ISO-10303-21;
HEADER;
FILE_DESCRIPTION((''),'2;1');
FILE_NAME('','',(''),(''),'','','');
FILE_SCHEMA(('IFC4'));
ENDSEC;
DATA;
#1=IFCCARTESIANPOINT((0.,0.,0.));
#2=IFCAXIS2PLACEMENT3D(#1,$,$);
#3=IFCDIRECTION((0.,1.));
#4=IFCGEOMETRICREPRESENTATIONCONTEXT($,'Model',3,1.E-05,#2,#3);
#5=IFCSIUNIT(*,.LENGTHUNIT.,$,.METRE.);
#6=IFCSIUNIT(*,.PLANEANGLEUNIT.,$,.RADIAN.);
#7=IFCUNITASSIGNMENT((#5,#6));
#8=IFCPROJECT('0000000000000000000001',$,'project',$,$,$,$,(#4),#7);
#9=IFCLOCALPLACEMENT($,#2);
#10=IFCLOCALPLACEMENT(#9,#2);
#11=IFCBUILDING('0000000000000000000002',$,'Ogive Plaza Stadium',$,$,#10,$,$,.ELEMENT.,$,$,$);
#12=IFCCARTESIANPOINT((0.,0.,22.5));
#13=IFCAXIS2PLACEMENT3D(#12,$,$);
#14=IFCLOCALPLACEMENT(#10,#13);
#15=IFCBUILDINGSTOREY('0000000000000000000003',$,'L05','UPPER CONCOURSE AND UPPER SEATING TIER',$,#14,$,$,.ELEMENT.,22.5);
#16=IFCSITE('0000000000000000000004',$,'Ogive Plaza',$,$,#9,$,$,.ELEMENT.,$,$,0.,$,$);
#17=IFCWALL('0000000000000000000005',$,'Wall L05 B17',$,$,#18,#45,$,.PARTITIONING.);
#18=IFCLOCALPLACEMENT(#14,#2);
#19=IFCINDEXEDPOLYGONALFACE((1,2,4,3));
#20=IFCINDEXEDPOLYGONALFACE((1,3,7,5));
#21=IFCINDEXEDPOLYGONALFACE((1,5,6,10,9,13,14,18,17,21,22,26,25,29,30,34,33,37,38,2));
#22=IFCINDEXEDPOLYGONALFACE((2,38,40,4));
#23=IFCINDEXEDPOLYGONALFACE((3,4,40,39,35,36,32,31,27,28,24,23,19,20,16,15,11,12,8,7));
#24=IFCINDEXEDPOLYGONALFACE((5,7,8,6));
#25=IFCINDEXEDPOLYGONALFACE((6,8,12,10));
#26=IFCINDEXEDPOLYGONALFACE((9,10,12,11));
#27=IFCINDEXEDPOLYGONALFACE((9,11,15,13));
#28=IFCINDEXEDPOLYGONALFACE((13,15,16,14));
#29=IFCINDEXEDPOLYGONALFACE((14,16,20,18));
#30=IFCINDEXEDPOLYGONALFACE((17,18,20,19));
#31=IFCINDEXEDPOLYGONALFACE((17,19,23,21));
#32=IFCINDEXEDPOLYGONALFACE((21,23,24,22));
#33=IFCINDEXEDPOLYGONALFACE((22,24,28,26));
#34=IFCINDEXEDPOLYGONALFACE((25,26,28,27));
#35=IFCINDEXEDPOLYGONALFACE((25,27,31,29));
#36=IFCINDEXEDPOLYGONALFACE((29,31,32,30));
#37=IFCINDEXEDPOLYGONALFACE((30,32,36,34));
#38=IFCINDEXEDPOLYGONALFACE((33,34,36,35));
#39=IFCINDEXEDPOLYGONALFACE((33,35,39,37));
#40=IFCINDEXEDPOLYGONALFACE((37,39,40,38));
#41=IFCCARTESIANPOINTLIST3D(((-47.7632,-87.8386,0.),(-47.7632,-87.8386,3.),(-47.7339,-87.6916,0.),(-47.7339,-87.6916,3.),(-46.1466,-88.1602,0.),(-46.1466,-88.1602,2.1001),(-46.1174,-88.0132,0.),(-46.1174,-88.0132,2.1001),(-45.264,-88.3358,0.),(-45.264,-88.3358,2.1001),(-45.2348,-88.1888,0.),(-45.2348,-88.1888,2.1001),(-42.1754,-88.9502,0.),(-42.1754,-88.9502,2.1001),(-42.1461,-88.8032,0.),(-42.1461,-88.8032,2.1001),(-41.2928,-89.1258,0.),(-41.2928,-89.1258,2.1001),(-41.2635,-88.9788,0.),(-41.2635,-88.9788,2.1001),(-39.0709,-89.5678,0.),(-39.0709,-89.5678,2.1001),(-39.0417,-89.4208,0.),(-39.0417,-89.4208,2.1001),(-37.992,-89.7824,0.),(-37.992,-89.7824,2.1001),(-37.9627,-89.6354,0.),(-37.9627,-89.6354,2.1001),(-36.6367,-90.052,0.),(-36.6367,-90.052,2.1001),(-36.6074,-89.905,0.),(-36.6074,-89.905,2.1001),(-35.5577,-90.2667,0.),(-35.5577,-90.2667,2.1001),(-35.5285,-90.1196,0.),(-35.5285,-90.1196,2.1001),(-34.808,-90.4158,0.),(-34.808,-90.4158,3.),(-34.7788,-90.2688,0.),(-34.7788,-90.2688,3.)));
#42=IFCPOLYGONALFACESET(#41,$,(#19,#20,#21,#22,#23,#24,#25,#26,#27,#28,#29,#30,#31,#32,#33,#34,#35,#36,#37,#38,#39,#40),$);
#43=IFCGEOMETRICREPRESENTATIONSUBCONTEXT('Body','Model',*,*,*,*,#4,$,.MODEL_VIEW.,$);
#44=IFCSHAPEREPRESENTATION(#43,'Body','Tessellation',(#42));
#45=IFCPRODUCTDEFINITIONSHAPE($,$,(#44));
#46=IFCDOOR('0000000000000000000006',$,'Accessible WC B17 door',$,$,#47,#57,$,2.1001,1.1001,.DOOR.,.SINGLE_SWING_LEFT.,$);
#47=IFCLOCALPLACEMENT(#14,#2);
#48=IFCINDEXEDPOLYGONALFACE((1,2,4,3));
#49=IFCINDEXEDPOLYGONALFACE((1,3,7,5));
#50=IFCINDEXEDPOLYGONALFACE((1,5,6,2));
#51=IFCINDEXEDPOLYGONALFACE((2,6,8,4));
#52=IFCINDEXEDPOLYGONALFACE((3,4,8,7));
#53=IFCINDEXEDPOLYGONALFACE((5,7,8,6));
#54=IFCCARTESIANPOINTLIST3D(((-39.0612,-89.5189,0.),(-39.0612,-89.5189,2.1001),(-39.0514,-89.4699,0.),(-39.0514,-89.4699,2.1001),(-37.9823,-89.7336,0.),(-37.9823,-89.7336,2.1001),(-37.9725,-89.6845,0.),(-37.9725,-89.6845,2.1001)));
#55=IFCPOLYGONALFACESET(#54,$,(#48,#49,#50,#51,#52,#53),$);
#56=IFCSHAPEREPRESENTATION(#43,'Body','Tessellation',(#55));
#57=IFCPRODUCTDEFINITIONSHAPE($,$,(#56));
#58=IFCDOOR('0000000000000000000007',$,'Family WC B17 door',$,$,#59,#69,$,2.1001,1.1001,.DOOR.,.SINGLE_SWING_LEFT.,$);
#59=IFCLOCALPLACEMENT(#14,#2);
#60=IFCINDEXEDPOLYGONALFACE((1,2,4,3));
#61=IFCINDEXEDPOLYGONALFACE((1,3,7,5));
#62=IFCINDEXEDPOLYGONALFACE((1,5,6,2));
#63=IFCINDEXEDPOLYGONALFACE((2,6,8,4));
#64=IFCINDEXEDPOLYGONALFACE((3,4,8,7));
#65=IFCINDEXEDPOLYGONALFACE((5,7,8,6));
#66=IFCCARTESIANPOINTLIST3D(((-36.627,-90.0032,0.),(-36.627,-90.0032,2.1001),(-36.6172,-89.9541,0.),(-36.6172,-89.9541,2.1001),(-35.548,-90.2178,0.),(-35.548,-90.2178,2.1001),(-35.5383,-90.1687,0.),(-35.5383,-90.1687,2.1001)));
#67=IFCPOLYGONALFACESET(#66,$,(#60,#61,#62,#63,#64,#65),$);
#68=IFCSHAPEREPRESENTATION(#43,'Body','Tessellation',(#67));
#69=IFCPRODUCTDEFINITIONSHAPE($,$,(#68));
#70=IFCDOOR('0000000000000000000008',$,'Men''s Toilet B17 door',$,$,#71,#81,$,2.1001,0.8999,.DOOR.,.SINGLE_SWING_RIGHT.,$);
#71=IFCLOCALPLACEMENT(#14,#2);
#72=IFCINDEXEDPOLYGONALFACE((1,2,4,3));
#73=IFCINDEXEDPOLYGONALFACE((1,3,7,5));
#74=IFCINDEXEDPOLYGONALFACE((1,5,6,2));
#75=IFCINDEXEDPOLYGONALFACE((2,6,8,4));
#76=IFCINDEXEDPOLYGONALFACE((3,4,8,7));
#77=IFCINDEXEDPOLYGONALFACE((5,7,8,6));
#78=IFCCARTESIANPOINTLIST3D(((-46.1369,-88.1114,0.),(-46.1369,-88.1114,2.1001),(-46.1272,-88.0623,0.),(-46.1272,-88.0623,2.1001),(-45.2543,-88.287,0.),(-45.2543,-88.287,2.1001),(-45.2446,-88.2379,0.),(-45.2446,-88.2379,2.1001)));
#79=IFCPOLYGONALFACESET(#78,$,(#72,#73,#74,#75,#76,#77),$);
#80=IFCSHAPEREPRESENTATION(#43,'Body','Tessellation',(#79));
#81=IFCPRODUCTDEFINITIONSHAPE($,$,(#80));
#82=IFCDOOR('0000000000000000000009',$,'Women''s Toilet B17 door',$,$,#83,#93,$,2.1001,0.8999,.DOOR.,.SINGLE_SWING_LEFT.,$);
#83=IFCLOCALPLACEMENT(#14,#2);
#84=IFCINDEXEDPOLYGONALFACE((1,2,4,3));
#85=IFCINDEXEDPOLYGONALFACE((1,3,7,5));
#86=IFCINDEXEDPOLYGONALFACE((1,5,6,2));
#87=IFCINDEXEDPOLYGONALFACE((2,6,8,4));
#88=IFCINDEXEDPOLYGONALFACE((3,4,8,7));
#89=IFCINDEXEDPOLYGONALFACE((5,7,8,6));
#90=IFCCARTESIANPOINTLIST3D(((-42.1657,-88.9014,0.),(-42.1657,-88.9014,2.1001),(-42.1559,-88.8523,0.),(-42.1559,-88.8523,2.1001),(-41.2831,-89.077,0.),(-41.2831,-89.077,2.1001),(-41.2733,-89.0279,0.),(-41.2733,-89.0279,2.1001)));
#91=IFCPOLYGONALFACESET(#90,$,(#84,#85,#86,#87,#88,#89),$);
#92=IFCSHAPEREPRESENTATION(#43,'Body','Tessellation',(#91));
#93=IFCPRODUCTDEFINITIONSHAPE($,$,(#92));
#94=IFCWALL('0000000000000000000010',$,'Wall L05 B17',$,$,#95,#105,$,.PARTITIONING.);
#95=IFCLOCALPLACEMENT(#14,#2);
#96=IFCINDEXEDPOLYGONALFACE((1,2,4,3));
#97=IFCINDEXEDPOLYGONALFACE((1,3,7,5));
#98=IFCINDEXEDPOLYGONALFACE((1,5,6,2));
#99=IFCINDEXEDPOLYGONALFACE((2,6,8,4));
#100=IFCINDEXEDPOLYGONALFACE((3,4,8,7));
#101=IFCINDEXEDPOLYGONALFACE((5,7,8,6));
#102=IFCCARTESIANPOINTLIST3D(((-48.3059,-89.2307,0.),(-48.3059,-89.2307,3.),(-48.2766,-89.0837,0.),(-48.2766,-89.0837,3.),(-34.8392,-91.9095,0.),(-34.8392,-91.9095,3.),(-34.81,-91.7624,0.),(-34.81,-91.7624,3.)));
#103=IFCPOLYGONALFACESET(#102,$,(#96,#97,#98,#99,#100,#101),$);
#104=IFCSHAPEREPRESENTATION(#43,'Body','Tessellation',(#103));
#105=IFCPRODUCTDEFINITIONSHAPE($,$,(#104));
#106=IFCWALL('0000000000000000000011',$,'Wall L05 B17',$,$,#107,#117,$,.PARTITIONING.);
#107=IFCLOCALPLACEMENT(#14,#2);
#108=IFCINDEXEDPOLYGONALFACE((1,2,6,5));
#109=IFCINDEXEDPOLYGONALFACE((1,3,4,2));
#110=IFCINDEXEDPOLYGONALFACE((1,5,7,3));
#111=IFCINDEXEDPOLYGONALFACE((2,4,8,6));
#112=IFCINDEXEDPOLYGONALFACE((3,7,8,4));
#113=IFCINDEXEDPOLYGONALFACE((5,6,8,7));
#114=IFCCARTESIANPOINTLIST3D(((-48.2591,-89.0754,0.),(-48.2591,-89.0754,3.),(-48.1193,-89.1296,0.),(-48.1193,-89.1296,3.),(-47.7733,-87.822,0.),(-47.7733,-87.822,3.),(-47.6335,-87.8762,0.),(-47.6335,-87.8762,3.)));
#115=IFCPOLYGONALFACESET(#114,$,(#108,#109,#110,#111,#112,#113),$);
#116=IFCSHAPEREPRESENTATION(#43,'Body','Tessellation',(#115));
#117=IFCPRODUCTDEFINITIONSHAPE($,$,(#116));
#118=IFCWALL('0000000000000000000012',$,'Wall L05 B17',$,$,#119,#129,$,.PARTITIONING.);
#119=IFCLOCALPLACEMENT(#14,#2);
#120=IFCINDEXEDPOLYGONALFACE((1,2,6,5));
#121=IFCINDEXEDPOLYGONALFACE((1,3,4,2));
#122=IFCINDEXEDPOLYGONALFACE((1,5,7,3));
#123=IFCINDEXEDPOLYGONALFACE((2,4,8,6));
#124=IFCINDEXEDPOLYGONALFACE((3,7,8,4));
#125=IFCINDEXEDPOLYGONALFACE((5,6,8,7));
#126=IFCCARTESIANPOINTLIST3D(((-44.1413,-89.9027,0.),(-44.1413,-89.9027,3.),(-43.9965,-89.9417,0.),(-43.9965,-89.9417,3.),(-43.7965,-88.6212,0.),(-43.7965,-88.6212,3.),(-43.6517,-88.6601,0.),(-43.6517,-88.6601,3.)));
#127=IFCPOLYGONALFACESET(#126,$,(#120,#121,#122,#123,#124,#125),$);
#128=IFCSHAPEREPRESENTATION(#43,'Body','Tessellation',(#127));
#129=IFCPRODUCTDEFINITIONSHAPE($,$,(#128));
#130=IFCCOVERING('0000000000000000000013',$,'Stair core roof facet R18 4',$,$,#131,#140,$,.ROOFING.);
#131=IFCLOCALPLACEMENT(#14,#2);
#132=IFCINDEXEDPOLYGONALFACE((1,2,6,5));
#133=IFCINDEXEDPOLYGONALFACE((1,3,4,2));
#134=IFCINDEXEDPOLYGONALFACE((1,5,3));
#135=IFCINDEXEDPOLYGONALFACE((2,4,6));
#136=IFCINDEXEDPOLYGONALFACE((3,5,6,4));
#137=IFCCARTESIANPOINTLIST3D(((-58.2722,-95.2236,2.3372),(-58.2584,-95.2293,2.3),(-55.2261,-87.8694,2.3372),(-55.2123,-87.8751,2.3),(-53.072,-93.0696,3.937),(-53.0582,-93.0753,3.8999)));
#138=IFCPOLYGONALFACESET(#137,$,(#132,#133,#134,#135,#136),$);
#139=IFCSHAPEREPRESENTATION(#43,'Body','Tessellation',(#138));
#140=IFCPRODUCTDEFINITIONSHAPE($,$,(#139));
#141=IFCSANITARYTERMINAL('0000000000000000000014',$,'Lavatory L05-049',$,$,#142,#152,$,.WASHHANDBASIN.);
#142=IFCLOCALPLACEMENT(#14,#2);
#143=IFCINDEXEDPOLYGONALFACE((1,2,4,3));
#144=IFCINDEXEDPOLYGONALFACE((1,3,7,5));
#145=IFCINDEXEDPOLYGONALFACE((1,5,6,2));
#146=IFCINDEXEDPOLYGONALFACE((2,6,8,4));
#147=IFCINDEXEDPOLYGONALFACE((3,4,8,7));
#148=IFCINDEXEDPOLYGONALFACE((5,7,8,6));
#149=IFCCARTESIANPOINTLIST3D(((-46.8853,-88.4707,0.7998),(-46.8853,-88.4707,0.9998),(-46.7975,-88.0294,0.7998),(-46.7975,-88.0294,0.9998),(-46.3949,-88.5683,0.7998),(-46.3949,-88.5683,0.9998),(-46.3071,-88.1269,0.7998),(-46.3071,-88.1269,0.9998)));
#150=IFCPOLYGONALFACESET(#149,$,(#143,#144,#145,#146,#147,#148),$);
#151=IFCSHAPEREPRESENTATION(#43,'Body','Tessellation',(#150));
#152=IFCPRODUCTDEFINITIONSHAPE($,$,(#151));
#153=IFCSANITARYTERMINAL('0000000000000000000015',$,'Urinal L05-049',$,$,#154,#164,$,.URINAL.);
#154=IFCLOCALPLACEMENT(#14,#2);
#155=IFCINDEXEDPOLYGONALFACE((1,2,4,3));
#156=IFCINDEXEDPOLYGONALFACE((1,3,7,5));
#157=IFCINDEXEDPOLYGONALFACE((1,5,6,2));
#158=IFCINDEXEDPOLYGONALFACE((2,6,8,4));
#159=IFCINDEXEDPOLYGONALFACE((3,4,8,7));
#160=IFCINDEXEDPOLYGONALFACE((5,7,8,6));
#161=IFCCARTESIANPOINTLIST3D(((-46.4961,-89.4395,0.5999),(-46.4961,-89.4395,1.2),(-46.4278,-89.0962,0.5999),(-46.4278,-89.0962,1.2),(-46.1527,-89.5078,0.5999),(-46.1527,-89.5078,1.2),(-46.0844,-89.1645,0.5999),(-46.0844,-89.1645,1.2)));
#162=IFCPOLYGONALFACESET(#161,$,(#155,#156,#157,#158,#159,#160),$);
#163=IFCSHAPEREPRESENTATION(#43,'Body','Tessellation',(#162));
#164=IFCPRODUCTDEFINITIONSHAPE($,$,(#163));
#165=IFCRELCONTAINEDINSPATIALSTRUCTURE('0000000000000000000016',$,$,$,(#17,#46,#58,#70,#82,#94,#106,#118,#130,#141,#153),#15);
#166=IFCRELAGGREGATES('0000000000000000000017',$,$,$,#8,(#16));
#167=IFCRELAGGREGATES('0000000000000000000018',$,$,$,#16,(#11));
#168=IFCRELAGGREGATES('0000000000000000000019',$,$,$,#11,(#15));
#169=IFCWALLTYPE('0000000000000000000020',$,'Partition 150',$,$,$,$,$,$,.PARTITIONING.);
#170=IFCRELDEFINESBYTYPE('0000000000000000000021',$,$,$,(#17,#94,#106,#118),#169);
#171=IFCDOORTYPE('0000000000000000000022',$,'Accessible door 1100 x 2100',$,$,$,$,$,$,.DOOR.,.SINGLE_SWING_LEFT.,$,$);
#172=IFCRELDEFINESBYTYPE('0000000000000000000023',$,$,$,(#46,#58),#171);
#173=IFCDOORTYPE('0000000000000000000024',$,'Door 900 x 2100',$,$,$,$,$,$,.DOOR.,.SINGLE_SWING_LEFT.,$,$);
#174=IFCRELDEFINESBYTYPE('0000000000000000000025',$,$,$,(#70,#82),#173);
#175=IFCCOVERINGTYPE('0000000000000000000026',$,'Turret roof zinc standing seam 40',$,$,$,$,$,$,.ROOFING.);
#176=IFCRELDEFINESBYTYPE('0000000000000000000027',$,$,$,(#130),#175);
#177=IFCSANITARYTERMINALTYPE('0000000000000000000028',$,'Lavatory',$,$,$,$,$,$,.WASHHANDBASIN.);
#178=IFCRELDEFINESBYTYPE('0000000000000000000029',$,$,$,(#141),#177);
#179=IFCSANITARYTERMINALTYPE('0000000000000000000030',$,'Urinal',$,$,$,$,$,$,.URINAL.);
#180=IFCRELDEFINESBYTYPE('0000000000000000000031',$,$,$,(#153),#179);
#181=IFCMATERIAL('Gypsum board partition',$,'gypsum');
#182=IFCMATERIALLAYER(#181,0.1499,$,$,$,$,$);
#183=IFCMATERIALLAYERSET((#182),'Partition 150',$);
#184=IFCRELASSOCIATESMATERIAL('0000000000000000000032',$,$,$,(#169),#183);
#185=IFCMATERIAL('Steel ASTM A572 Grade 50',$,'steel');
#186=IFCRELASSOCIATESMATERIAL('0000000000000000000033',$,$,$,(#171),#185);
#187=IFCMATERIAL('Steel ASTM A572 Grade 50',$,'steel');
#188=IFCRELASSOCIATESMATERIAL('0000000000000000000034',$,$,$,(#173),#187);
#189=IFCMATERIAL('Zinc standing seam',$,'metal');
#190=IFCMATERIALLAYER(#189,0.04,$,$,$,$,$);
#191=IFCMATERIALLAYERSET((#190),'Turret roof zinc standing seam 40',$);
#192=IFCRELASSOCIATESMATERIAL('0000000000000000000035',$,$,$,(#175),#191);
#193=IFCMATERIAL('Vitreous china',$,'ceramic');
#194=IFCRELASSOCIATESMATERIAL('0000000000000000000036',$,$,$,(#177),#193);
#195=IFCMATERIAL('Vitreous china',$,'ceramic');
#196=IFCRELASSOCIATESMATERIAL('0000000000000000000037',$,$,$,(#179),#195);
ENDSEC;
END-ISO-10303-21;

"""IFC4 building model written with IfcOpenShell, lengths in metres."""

from ifc_helpers import new_model, si_unit, direction, frame, frame_2d, origin, origin_2d, place, context, subcontext, project, spatial, polyline, rectangle, outline, extrude, material, layer, layer_set, type_object, element, fill, save


model = new_model("IFC4")

# Units and contexts
model_context = context("Model", 3, precision=1e-05, world=origin(), true_north=direction((0.0, 1.0)))
body_context = subcontext(model_context, "Body", "Model", "MODEL_VIEW")
ifc_project = project(units=[si_unit("LENGTHUNIT", "METRE"), si_unit("PLANEANGLEUNIT", "RADIAN")], contexts=[model_context])

# Site, building, storey
site_placement = place(None, origin())
site = spatial("IfcSite", under=ifc_project, at=site_placement, Name="Ogive Plaza", CompositionType="ELEMENT", RefElevation=0.0)
building_placement = place(site_placement, origin())
building = spatial("IfcBuilding", under=site, at=building_placement, Name="Ogive Plaza Stadium", CompositionType="ELEMENT")
storey_placement = place(building_placement, frame((0.0, 0.0, 22.5)))
storey = spatial("IfcBuildingStorey", under=building, at=storey_placement, Name="L05", Description="UPPER CONCOURSE AND UPPER SEATING TIER", CompositionType="ELEMENT", Elevation=22.5)

# Wall, openings, doors
ifc_material_1 = material(Name="Gypsum board partition", Category="gypsum")
ifc_layer_1 = layer(ifc_material_1, 0.1499)
ifc_layer_set_1 = layer_set([ifc_layer_1], Name="Partition 150")
wall_type_1 = type_object("IfcWallType", Name="Partition 150", PredefinedType="PARTITIONING", material=ifc_layer_set_1)
wall_1_placement = place(storey_placement, frame((-47.7485, -87.7651, 0.0), z_axis=(0.0, 0.0, 1.0), x_axis=(0.980782, -0.195107, 0.0)))
wall_1 = element("IfcWall", 1, at=wall_1_placement, inside=storey, type_object=wall_type_1, Name="Wall L05 B17", PredefinedType="PARTITIONING", context=body_context, shape_type="SweptSolid", body=[
    extrude(rectangle(XDim=13.209, YDim=0.1499, at=frame_2d((6.6045, 0.0))), origin(), (0.0, 0.0, 1.0), 3.0),
])
opening_1_placement = place(wall_1_placement, frame((1.6482, 0.0, 0.0)))
opening_1 = element("IfcOpeningElement", 2, at=opening_1_placement, cuts=wall_1, PredefinedType="OPENING", context=body_context, shape_type="SweptSolid", body=[
    extrude(rectangle(XDim=0.8999, YDim=2.1001, at=frame_2d((0.45, 1.05))), frame((0.0, 0.075, 0.0), z_axis=(0.0, -1.0, 0.0), x_axis=(1.0, 0.0, 0.0)), (0.0, 0.0, 1.0), 0.1499),
])
opening_2_placement = place(wall_1_placement, frame((5.6973, 0.0, 0.0)))
opening_2 = element("IfcOpeningElement", 3, at=opening_2_placement, cuts=wall_1, PredefinedType="OPENING", context=body_context, shape_type="SweptSolid", body=[
    extrude(rectangle(XDim=0.8999, YDim=2.1001, at=frame_2d((0.45, 1.05))), frame((0.0, 0.075, 0.0), z_axis=(0.0, -1.0, 0.0), x_axis=(1.0, 0.0, 0.0)), (0.0, 0.0, 1.0), 0.1499),
])
opening_3_placement = place(wall_1_placement, frame((8.8625, 0.0, 0.0)))
opening_3 = element("IfcOpeningElement", 4, at=opening_3_placement, cuts=wall_1, PredefinedType="OPENING", context=body_context, shape_type="SweptSolid", body=[
    extrude(rectangle(XDim=1.1001, YDim=2.1001, at=frame_2d((0.55, 1.05))), frame((0.0, 0.075, 0.0), z_axis=(0.0, -1.0, 0.0), x_axis=(1.0, 0.0, 0.0)), (0.0, 0.0, 1.0), 0.1499),
])
opening_4_placement = place(wall_1_placement, frame((11.3445, 0.0, 0.0)))
opening_4 = element("IfcOpeningElement", 5, at=opening_4_placement, cuts=wall_1, PredefinedType="OPENING", context=body_context, shape_type="SweptSolid", body=[
    extrude(rectangle(XDim=1.1001, YDim=2.1001, at=frame_2d((0.55, 1.05))), frame((0.0, 0.075, 0.0), z_axis=(0.0, -1.0, 0.0), x_axis=(1.0, 0.0, 0.0)), (0.0, 0.0, 1.0), 0.1499),
])
ifc_material_2 = material(Name="Steel ASTM A572 Grade 50", Category="steel")
door_type_1 = type_object("IfcDoorType", Name="Accessible door 1100 x 2100", OperationType="SINGLE_SWING_LEFT", PredefinedType="DOOR", material=ifc_material_2)
door_1_placement = place(opening_3_placement, origin())
door_1 = element("IfcDoor", 6, at=door_1_placement, inside=storey, type_object=door_type_1, Name="Accessible WC B17 door", OperationType="SINGLE_SWING_LEFT", OverallHeight=2.1001, OverallWidth=1.1001, PredefinedType="DOOR", context=body_context, shape_type="SweptSolid", body=[
    extrude(rectangle(XDim=1.1001, YDim=2.1001, at=frame_2d((0.55, 1.05))), frame((0.0, 0.0249, 0.0), z_axis=(0.0, -1.0, 0.0), x_axis=(1.0, 0.0, 0.0)), (0.0, 0.0, 1.0), 0.05),
])
fill(opening_3, door_1)
door_2_placement = place(opening_4_placement, origin())
door_2 = element("IfcDoor", 7, at=door_2_placement, inside=storey, type_object=door_type_1, Name="Family WC B17 door", OperationType="SINGLE_SWING_LEFT", OverallHeight=2.1001, OverallWidth=1.1001, PredefinedType="DOOR", context=body_context, shape_type="SweptSolid", body=[
    extrude(rectangle(XDim=1.1001, YDim=2.1001, at=frame_2d((0.55, 1.05))), frame((0.0, 0.0249, 0.0), z_axis=(0.0, -1.0, 0.0), x_axis=(1.0, 0.0, 0.0)), (0.0, 0.0, 1.0), 0.05),
])
fill(opening_4, door_2)
ifc_material_3 = material(Name="Steel ASTM A572 Grade 50", Category="steel")
door_type_2 = type_object("IfcDoorType", Name="Door 900 x 2100", OperationType="SINGLE_SWING_LEFT", PredefinedType="DOOR", material=ifc_material_3)
door_3_placement = place(opening_1_placement, origin())
door_3 = element("IfcDoor", 8, at=door_3_placement, inside=storey, type_object=door_type_2, Name="Men's Toilet B17 door", OperationType="SINGLE_SWING_RIGHT", OverallHeight=2.1001, OverallWidth=0.8999, PredefinedType="DOOR", context=body_context, shape_type="SweptSolid", body=[
    extrude(rectangle(XDim=0.8999, YDim=2.1001, at=frame_2d((0.45, 1.05))), frame((0.0, 0.0249, 0.0), z_axis=(0.0, -1.0, 0.0), x_axis=(1.0, 0.0, 0.0)), (0.0, 0.0, 1.0), 0.05),
])
fill(opening_1, door_3)
door_4_placement = place(opening_2_placement, origin())
door_4 = element("IfcDoor", 9, at=door_4_placement, inside=storey, type_object=door_type_2, Name="Women's Toilet B17 door", OperationType="SINGLE_SWING_LEFT", OverallHeight=2.1001, OverallWidth=0.8999, PredefinedType="DOOR", context=body_context, shape_type="SweptSolid", body=[
    extrude(rectangle(XDim=0.8999, YDim=2.1001, at=frame_2d((0.45, 1.05))), frame((0.0, 0.0249, 0.0), z_axis=(0.0, -1.0, 0.0), x_axis=(1.0, 0.0, 0.0)), (0.0, 0.0, 1.0), 0.05),
])
fill(opening_2, door_4)

# Walls
wall_2_placement = place(storey_placement, frame((-48.2913, -89.1572, 0.0), z_axis=(0.0, 0.0, 1.0), x_axis=(0.980785, -0.195094, 0.0)))
element("IfcWall", 10, at=wall_2_placement, inside=storey, type_object=wall_type_1, Name="Wall L05 B17", PredefinedType="PARTITIONING", context=body_context, shape_type="SweptSolid", body=[
    extrude(rectangle(XDim=13.7305, YDim=0.1499, at=frame_2d((6.8652, 0.0))), origin(), (0.0, 0.0, 1.0), 3.0),
])
wall_3_placement = place(storey_placement, frame((-47.7034, -87.8491, 0.0), z_axis=(0.0, 0.0, 1.0), x_axis=(-0.361412, -0.932406, 0.0)))
element("IfcWall", 11, at=wall_3_placement, inside=storey, type_object=wall_type_1, Name="Wall L05 B17", PredefinedType="PARTITIONING", context=body_context, shape_type="SweptSolid", body=[
    extrude(rectangle(XDim=1.3442, YDim=0.1499, at=frame_2d((0.6721, 0.0))), origin(), (0.0, 0.0, 1.0), 3.0),
])
wall_4_placement = place(storey_placement, frame((-43.7241, -88.6406, 0.0), z_axis=(0.0, 0.0, 1.0), x_axis=(-0.259769, -0.965671, 0.0)))
element("IfcWall", 12, at=wall_4_placement, inside=storey, type_object=wall_type_1, Name="Wall L05 B17", PredefinedType="PARTITIONING", context=body_context, shape_type="SweptSolid", body=[
    extrude(rectangle(XDim=1.3271, YDim=0.1499, at=frame_2d((0.6636, 0.0))), origin(), (0.0, 0.0, 1.0), 3.0),
])

# Covering
ifc_material_4 = material(Name="Zinc standing seam", Category="metal")
ifc_layer_2 = layer(ifc_material_4, 0.04)
ifc_layer_set_2 = layer_set([ifc_layer_2], Name="Turret roof zinc standing seam 40")
covering_type = type_object("IfcCoveringType", Name="Turret roof zinc standing seam 40", PredefinedType="ROOFING", material=ifc_layer_set_2)
covering_placement = place(storey_placement, frame((-55.2261, -87.8694, 2.3372), z_axis=(-0.344574, 0.142723, 0.927846), x_axis=(-0.382674, -0.923883, 0.0)))
element("IfcCovering", 13, at=covering_placement, inside=storey, type_object=covering_type, Name="Stair core roof facet R18 4", PredefinedType="ROOFING", context=body_context, shape_type="SweptSolid", body=[
    extrude(outline(polyline([(0.0, 0.0), (7.9601, 0.0), (3.9801, 4.2896), (0.0, 0.0)])), origin(), (0.0, 0.0, -1.0), 0.04),
])

# Sanitary terminals
ifc_material_5 = material(Name="Vitreous china", Category="ceramic")
sanitary_terminal_type_1 = type_object("IfcSanitaryTerminalType", Name="Lavatory", PredefinedType="WASHHANDBASIN", material=ifc_material_5)
sanitary_terminal_placement = place(storey_placement, frame((-46.5962, -88.2988, 0.7998), z_axis=(0.0, 0.0, 1.0), x_axis=(0.980785, -0.19509, 0.0)))
element("IfcSanitaryTerminal", 14, at=sanitary_terminal_placement, inside=storey, type_object=sanitary_terminal_type_1, Name="Lavatory L05-049", PredefinedType="WASHHANDBASIN", context=body_context, shape_type="SweptSolid", body=[
    extrude(rectangle(XDim=0.5, YDim=0.45, at=origin_2d()), origin(), (0.0, 0.0, 1.0), 0.2),
])
ifc_material_6 = material(Name="Vitreous china", Category="ceramic")
sanitary_terminal_type_2 = type_object("IfcSanitaryTerminalType", Name="Urinal", PredefinedType="URINAL", material=ifc_material_6)
for number, where, z_axis, x_axis, name in (
    (15, (-46.2903, -89.302, 0.5999), (0.0, 0.0, 1.0), (0.980785, -0.19509, 0.0), "Urinal L05-049"),
):
    element("IfcSanitaryTerminal", number, at=place(storey_placement, frame(where, z_axis=z_axis, x_axis=x_axis)), inside=storey, type_object=sanitary_terminal_type_2, Name=name, PredefinedType="URINAL", context=body_context, shape_type="SweptSolid", body=[
        extrude(rectangle(XDim=0.3501, YDim=0.3501, at=origin_2d()), origin(), (0.0, 0.0, 1.0), 0.6001),
    ])

save(model, "model.ifc")
